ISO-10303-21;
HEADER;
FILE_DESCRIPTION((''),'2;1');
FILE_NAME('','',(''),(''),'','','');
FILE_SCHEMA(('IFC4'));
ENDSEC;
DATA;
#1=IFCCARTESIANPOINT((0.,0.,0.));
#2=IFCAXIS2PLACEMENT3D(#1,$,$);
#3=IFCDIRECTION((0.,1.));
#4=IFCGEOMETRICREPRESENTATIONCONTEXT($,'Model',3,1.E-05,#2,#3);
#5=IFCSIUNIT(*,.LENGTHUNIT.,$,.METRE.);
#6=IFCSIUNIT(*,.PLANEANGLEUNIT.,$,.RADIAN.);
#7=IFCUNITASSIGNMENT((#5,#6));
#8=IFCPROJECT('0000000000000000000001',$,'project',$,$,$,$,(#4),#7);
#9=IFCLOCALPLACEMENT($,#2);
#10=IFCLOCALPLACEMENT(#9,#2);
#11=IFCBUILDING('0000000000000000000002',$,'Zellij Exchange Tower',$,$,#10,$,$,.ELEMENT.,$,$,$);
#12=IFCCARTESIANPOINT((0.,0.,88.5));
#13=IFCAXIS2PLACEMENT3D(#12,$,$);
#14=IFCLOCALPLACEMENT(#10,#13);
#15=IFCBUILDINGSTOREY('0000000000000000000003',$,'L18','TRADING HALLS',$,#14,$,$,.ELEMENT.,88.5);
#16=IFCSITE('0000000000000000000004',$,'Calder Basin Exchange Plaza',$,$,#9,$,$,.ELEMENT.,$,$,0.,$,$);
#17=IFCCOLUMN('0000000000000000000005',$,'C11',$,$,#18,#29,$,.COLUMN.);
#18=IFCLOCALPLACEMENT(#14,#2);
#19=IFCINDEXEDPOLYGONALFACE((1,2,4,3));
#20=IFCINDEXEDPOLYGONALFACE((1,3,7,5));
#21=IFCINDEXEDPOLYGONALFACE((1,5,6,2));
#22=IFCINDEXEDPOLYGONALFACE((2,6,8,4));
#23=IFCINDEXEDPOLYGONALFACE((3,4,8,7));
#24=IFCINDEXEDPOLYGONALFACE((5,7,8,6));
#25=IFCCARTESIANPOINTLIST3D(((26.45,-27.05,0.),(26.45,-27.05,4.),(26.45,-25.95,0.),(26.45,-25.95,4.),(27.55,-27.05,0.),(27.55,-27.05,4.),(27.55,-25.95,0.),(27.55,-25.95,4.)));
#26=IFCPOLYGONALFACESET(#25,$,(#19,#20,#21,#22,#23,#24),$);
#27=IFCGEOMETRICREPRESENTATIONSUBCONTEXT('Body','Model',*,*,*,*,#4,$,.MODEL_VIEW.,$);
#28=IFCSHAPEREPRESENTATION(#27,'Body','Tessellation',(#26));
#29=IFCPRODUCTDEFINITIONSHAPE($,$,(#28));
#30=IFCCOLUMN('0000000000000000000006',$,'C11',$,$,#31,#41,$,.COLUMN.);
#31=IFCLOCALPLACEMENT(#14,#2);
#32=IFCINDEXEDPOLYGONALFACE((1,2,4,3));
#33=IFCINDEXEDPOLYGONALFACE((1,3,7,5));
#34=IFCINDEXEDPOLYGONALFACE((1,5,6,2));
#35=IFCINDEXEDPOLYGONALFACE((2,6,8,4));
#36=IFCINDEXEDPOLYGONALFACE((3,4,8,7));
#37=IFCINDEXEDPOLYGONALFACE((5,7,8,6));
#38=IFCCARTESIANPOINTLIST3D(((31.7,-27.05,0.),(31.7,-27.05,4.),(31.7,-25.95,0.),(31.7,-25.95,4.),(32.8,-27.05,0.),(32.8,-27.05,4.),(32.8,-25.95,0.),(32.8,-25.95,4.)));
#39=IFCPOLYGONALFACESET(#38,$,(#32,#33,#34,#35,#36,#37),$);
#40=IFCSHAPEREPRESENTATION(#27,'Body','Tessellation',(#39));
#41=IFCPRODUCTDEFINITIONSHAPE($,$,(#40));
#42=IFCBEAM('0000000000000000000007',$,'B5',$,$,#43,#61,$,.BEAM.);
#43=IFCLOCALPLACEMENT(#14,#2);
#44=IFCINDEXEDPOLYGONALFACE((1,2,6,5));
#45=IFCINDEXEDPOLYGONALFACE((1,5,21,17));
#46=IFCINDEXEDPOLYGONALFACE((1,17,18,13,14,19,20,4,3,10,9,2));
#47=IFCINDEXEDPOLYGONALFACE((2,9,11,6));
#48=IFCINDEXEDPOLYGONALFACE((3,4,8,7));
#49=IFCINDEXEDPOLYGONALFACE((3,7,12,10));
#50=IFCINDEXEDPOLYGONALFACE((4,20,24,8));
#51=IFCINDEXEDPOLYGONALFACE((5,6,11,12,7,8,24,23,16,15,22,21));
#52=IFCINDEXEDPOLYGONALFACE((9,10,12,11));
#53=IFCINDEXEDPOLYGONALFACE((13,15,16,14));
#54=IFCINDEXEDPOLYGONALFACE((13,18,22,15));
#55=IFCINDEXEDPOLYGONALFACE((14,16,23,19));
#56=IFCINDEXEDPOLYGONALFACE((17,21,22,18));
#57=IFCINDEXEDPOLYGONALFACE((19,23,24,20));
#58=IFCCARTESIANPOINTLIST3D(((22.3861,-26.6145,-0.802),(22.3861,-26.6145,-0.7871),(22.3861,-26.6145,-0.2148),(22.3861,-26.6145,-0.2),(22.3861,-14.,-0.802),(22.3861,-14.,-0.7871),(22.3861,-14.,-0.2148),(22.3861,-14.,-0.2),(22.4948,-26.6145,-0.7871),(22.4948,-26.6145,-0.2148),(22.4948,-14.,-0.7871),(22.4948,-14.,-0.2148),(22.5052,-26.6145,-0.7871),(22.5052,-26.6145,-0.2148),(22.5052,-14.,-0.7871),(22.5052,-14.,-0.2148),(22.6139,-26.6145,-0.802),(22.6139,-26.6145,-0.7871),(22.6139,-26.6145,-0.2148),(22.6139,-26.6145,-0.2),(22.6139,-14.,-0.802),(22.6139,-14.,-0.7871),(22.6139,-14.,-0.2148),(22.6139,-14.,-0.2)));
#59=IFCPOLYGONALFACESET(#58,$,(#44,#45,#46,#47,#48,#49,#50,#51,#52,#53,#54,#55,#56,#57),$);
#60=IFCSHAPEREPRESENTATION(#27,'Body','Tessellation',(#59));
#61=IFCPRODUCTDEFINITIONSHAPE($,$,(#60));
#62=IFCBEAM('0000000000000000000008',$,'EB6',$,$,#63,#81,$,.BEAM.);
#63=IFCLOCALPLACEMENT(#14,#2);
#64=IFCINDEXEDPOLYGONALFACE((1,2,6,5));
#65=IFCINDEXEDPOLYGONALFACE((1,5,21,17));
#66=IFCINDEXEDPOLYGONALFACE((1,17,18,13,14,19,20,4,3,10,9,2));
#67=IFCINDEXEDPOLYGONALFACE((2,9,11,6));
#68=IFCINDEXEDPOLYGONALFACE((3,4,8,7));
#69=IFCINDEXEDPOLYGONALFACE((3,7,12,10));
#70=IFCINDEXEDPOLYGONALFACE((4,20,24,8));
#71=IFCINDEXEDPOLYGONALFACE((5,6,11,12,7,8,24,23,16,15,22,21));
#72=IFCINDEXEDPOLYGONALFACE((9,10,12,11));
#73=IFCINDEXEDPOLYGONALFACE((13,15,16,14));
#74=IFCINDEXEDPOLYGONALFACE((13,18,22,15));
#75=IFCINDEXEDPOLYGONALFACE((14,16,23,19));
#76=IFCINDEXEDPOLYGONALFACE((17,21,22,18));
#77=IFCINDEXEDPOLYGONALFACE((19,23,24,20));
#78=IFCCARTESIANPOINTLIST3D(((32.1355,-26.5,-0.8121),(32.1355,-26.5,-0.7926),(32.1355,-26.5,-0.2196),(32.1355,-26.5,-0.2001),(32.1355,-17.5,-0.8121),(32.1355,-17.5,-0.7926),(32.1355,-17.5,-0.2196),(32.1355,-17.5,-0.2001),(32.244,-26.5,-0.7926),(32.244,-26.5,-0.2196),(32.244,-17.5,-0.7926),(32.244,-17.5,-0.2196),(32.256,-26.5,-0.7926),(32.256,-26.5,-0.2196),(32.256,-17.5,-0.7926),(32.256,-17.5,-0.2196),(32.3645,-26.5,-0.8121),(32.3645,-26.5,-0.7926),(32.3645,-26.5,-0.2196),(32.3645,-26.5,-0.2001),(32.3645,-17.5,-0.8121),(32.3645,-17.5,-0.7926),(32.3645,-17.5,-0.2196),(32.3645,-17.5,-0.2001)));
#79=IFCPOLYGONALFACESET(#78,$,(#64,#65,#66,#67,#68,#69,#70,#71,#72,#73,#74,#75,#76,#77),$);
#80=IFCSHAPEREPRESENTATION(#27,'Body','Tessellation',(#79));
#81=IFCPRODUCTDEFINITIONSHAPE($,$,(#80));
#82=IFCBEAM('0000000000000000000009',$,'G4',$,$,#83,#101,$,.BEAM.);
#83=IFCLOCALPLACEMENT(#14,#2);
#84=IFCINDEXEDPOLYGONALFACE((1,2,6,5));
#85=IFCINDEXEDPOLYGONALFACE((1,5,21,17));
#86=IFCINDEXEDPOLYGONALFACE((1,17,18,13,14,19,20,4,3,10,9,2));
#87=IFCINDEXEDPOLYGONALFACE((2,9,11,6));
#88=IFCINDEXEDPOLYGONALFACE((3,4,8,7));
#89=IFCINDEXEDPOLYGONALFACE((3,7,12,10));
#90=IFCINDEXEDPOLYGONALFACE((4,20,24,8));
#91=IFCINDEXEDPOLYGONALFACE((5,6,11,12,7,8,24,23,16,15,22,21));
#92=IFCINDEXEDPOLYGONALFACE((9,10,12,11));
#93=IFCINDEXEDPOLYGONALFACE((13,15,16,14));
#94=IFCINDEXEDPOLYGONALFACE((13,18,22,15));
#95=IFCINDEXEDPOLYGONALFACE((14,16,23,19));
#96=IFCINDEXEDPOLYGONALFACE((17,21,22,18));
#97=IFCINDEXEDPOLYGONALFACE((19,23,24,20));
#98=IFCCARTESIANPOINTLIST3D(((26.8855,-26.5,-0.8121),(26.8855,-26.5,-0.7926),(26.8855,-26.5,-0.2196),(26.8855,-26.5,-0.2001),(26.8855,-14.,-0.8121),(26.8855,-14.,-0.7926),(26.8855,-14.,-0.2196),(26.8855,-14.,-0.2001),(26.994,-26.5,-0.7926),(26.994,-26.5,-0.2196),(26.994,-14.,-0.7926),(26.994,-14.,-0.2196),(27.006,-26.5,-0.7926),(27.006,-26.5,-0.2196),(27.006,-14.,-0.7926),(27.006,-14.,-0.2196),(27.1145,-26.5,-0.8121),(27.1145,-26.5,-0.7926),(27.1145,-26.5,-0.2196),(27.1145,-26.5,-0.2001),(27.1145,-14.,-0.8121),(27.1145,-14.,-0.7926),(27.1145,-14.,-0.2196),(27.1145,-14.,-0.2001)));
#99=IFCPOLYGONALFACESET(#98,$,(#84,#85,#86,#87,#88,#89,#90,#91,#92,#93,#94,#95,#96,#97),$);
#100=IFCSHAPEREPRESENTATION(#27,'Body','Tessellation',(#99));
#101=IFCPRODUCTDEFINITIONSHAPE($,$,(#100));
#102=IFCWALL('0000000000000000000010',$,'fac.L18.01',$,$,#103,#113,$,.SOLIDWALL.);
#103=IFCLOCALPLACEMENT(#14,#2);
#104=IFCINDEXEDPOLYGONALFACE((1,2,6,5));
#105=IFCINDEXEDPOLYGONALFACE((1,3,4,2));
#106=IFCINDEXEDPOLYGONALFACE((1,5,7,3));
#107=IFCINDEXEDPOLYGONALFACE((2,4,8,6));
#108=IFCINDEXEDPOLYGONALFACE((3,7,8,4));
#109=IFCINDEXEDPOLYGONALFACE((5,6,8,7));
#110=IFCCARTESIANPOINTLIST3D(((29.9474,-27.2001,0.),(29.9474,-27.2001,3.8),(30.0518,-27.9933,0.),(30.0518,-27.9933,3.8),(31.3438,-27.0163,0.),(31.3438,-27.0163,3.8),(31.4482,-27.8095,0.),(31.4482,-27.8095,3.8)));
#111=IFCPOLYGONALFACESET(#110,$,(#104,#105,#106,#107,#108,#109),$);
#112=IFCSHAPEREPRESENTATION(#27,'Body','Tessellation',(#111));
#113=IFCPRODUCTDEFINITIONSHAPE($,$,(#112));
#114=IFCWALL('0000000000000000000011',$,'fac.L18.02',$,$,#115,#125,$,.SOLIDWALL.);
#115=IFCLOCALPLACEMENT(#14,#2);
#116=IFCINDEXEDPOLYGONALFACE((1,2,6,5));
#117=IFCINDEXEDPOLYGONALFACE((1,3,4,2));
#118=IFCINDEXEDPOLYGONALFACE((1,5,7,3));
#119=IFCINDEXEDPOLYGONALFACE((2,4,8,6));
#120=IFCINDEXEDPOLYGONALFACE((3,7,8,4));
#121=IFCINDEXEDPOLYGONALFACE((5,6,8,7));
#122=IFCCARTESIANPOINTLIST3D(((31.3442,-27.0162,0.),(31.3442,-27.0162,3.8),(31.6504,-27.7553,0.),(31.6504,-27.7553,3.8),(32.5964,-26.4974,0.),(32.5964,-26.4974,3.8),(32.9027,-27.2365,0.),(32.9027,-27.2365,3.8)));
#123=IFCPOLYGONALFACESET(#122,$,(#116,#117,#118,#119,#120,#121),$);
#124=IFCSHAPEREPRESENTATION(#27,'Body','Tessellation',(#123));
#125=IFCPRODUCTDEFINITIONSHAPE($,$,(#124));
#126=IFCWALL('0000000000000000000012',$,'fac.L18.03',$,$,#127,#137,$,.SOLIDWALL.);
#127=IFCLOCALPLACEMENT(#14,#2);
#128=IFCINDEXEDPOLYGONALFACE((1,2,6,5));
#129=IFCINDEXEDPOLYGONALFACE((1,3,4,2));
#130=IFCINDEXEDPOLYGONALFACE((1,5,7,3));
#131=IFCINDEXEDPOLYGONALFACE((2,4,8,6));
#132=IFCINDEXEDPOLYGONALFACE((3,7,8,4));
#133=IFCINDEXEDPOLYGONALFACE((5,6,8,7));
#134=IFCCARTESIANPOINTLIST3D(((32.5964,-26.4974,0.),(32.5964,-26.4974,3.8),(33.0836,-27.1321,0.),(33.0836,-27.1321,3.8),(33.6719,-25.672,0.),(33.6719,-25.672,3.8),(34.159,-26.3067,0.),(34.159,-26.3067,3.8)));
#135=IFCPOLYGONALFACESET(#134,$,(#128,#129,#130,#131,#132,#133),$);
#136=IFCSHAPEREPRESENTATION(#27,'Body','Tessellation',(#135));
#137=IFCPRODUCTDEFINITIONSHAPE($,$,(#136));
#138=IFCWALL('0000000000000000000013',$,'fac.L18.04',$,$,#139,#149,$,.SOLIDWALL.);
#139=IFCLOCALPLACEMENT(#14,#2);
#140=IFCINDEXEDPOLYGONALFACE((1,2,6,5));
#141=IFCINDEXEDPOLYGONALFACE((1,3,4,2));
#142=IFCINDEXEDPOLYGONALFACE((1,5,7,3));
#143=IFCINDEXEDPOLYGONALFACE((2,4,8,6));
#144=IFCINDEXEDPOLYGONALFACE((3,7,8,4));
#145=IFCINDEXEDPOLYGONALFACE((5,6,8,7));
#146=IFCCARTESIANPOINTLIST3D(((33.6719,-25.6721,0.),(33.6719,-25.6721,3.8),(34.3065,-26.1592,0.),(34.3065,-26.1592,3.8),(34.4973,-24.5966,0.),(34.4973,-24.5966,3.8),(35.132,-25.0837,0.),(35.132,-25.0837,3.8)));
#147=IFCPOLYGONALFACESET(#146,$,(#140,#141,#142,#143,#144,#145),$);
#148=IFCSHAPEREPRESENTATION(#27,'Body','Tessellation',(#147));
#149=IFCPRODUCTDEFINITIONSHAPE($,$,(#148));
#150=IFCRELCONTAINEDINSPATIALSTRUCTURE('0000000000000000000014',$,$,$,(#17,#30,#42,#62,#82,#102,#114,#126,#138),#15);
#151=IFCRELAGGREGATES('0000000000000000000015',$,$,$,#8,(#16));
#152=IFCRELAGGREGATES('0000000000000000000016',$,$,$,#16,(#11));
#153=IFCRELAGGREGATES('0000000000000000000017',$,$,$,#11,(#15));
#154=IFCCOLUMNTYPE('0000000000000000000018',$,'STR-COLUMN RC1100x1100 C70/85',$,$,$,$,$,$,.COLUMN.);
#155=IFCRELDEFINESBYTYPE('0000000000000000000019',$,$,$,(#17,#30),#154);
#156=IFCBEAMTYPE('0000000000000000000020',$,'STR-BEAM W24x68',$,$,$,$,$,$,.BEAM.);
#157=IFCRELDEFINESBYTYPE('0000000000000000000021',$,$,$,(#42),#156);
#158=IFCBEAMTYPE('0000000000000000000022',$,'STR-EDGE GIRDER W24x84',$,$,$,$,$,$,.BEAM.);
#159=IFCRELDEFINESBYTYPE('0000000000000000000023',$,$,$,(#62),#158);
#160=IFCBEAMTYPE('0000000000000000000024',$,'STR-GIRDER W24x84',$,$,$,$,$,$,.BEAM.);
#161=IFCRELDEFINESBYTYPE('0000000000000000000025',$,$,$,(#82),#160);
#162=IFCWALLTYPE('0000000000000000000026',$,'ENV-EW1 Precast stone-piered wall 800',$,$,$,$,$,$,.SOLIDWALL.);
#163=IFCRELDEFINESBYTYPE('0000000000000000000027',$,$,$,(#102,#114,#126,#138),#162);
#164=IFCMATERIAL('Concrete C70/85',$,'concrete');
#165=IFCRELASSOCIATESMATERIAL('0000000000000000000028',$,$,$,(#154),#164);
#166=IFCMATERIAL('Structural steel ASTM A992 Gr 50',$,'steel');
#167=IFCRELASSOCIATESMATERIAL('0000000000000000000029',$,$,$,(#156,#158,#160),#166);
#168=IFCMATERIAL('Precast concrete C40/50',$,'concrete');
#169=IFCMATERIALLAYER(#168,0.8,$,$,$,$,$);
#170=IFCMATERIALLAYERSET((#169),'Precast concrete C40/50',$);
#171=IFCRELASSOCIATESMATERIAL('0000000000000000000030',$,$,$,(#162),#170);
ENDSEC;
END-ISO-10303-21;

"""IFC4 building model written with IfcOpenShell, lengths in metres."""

from ifc_helpers import new_model, si_unit, direction, frame, frame_2d, origin, origin_2d, place, context, subcontext, project, spatial, rectangle, i_section, extrude, material, layer, layer_set, material_profile, profile_set, type_object, element, save


model = new_model("IFC4")

# Units and contexts
model_context = context("Model", 3, precision=1e-05, world=origin(), true_north=direction((0.0, 1.0)))
body_context = subcontext(model_context, "Body", "Model", "MODEL_VIEW")
ifc_project = project(units=[si_unit("LENGTHUNIT", "METRE"), si_unit("PLANEANGLEUNIT", "RADIAN")], contexts=[model_context])

# Site, building, storey
site_placement = place(None, origin())
site = spatial("IfcSite", under=ifc_project, at=site_placement, Name="Calder Basin Exchange Plaza", CompositionType="ELEMENT", RefElevation=0.0)
building_placement = place(site_placement, origin())
building = spatial("IfcBuilding", under=site, at=building_placement, Name="Zellij Exchange Tower", CompositionType="ELEMENT")
storey_placement = place(building_placement, frame((0.0, 0.0, 88.5)))
storey = spatial("IfcBuildingStorey", under=building, at=storey_placement, Name="L18", Description="TRADING HALLS", CompositionType="ELEMENT", Elevation=88.5)

# Columns
ifc_material_1 = material(Name="Concrete C70/85", Category="concrete")
ifc_material_profile_1 = material_profile(ifc_material_1, rectangle(XDim=1.1001, YDim=1.1001, at=origin_2d()), Name="STR-COLUMN RC1100x1100 C70/85")
ifc_profile_set_1 = profile_set([ifc_material_profile_1], Name="Concrete C70/85")
column_type = type_object("IfcColumnType", Name="STR-COLUMN RC1100x1100 C70/85", PredefinedType="COLUMN", material=ifc_profile_set_1)
for number, where, z_axis, x_axis, name in (
    (1, (27.0, -26.5, 0.0), (0.0, 0.0, 1.0), (1.0, 0.0, 0.0), "C11"),
    (2, (32.25, -26.5, 0.0), (0.0, 0.0, 1.0), (1.0, 0.0, 0.0), "C11"),
):
    element("IfcColumn", number, at=place(storey_placement, frame(where, z_axis=z_axis, x_axis=x_axis)), inside=storey, type_object=column_type, Name=name, PredefinedType="COLUMN", context=body_context, shape_type="SweptSolid", body=[
        extrude(rectangle(XDim=1.1001, YDim=1.1001, at=origin_2d()), origin(), (0.0, 0.0, 1.0), 4.0),
    ])

# Beams
ifc_material_2 = material(Name="Structural steel ASTM A992 Gr 50", Category="steel")
ifc_material_profile_2 = material_profile(ifc_material_2, i_section(OverallWidth=0.2278, OverallDepth=0.6021, WebThickness=0.0105, FlangeThickness=0.0149, at=origin_2d()), Name="W24x68")
ifc_profile_set_2 = profile_set([ifc_material_profile_2], Name="Structural steel ASTM A992 Gr 50")
beam_type_1 = type_object("IfcBeamType", Name="STR-BEAM W24x68", PredefinedType="BEAM", material=ifc_profile_set_2)
beam_1_placement = place(storey_placement, frame((22.5, -26.6145, -0.501), z_axis=(0.0, 1.0, 0.0), x_axis=(-1.0, 0.0, 0.0)))
element("IfcBeam", 3, at=beam_1_placement, inside=storey, type_object=beam_type_1, Name="B5", PredefinedType="BEAM", context=body_context, shape_type="SweptSolid", body=[
    extrude(i_section(OverallWidth=0.2278, OverallDepth=0.6021, WebThickness=0.0105, FlangeThickness=0.0149, at=origin_2d()), origin(), (0.0, 0.0, 1.0), 12.6145),
])
ifc_material_profile_3 = material_profile(ifc_material_2, i_section(OverallWidth=0.229, OverallDepth=0.6121, WebThickness=0.012, FlangeThickness=0.0195, at=origin_2d()), Name="W24x84")
ifc_profile_set_3 = profile_set([ifc_material_profile_3], Name="Structural steel ASTM A992 Gr 50")
beam_type_2 = type_object("IfcBeamType", Name="STR-EDGE GIRDER W24x84", PredefinedType="BEAM", material=ifc_profile_set_3)
beam_2_placement = place(storey_placement, frame((32.25, -26.5, -0.5061), z_axis=(0.0, 1.0, 0.0), x_axis=(-1.0, 0.0, 0.0)))
element("IfcBeam", 4, at=beam_2_placement, inside=storey, type_object=beam_type_2, Name="EB6", PredefinedType="BEAM", context=body_context, shape_type="SweptSolid", body=[
    extrude(i_section(OverallWidth=0.229, OverallDepth=0.6121, WebThickness=0.012, FlangeThickness=0.0195, at=origin_2d()), origin(), (0.0, 0.0, 1.0), 9.0),
])
ifc_material_profile_4 = material_profile(ifc_material_2, i_section(OverallWidth=0.229, OverallDepth=0.6121, WebThickness=0.012, FlangeThickness=0.0195, at=origin_2d()), Name="W24x84")
ifc_profile_set_4 = profile_set([ifc_material_profile_4], Name="Structural steel ASTM A992 Gr 50")
beam_type_3 = type_object("IfcBeamType", Name="STR-GIRDER W24x84", PredefinedType="BEAM", material=ifc_profile_set_4)
beam_3_placement = place(storey_placement, frame((27.0, -26.5, -0.5061), z_axis=(0.0, 1.0, 0.0), x_axis=(-1.0, 0.0, 0.0)))
element("IfcBeam", 5, at=beam_3_placement, inside=storey, type_object=beam_type_3, Name="G4", PredefinedType="BEAM", context=body_context, shape_type="SweptSolid", body=[
    extrude(i_section(OverallWidth=0.229, OverallDepth=0.6121, WebThickness=0.012, FlangeThickness=0.0195, at=origin_2d()), origin(), (0.0, 0.0, 1.0), 12.5),
])

# Walls
ifc_material_3 = material(Name="Precast concrete C40/50", Category="concrete")
ifc_layer = layer(ifc_material_3, 0.8)
ifc_layer_set = layer_set([ifc_layer], Name="Precast concrete C40/50")
wall_type = type_object("IfcWallType", Name="ENV-EW1 Precast stone-piered wall 800", PredefinedType="SOLIDWALL", material=ifc_layer_set)
wall_1_placement = place(storey_placement, frame((29.9998, -27.5967, 0.0), z_axis=(0.0, 0.0, 1.0), x_axis=(0.991446, 0.130517, 0.0)))
element("IfcWall", 6, at=wall_1_placement, inside=storey, type_object=wall_type, Name="fac.L18.01", PredefinedType="SOLIDWALL", context=body_context, shape_type="SweptSolid", body=[
    extrude(rectangle(XDim=1.4084, YDim=0.8, at=frame_2d((0.7041, 0.0))), origin(), (0.0, 0.0, 1.0), 3.8),
])
wall_2_placement = place(storey_placement, frame((31.4973, -27.3857, 0.0), z_axis=(0.0, 0.0, 1.0), x_axis=(0.923848, 0.38276, 0.0)))
element("IfcWall", 7, at=wall_2_placement, inside=storey, type_object=wall_type, Name="fac.L18.02", PredefinedType="SOLIDWALL", context=body_context, shape_type="SweptSolid", body=[
    extrude(rectangle(XDim=1.3555, YDim=0.8, at=frame_2d((0.6777, 0.0))), origin(), (0.0, 0.0, 1.0), 3.8),
])
for number, where, z_axis, x_axis, name in (
    (8, (32.8401, -26.8147, 0.0), (0.0, 0.0, 1.0), (0.793273, 0.608866, 0.0), "fac.L18.03"),
    (9, (33.9893, -25.9155, 0.0), (0.0, 0.0, 1.0), (0.608866, 0.793273, 0.0), "fac.L18.04"),
):
    element("IfcWall", number, at=place(storey_placement, frame(where, z_axis=z_axis, x_axis=x_axis)), inside=storey, type_object=wall_type, Name=name, PredefinedType="SOLIDWALL", context=body_context, shape_type="SweptSolid", body=[
        extrude(rectangle(XDim=1.3557, YDim=0.8, at=frame_2d((0.6777, 0.0))), origin(), (0.0, 0.0, 1.0), 3.8),
    ])

save(model, "model.ifc")
